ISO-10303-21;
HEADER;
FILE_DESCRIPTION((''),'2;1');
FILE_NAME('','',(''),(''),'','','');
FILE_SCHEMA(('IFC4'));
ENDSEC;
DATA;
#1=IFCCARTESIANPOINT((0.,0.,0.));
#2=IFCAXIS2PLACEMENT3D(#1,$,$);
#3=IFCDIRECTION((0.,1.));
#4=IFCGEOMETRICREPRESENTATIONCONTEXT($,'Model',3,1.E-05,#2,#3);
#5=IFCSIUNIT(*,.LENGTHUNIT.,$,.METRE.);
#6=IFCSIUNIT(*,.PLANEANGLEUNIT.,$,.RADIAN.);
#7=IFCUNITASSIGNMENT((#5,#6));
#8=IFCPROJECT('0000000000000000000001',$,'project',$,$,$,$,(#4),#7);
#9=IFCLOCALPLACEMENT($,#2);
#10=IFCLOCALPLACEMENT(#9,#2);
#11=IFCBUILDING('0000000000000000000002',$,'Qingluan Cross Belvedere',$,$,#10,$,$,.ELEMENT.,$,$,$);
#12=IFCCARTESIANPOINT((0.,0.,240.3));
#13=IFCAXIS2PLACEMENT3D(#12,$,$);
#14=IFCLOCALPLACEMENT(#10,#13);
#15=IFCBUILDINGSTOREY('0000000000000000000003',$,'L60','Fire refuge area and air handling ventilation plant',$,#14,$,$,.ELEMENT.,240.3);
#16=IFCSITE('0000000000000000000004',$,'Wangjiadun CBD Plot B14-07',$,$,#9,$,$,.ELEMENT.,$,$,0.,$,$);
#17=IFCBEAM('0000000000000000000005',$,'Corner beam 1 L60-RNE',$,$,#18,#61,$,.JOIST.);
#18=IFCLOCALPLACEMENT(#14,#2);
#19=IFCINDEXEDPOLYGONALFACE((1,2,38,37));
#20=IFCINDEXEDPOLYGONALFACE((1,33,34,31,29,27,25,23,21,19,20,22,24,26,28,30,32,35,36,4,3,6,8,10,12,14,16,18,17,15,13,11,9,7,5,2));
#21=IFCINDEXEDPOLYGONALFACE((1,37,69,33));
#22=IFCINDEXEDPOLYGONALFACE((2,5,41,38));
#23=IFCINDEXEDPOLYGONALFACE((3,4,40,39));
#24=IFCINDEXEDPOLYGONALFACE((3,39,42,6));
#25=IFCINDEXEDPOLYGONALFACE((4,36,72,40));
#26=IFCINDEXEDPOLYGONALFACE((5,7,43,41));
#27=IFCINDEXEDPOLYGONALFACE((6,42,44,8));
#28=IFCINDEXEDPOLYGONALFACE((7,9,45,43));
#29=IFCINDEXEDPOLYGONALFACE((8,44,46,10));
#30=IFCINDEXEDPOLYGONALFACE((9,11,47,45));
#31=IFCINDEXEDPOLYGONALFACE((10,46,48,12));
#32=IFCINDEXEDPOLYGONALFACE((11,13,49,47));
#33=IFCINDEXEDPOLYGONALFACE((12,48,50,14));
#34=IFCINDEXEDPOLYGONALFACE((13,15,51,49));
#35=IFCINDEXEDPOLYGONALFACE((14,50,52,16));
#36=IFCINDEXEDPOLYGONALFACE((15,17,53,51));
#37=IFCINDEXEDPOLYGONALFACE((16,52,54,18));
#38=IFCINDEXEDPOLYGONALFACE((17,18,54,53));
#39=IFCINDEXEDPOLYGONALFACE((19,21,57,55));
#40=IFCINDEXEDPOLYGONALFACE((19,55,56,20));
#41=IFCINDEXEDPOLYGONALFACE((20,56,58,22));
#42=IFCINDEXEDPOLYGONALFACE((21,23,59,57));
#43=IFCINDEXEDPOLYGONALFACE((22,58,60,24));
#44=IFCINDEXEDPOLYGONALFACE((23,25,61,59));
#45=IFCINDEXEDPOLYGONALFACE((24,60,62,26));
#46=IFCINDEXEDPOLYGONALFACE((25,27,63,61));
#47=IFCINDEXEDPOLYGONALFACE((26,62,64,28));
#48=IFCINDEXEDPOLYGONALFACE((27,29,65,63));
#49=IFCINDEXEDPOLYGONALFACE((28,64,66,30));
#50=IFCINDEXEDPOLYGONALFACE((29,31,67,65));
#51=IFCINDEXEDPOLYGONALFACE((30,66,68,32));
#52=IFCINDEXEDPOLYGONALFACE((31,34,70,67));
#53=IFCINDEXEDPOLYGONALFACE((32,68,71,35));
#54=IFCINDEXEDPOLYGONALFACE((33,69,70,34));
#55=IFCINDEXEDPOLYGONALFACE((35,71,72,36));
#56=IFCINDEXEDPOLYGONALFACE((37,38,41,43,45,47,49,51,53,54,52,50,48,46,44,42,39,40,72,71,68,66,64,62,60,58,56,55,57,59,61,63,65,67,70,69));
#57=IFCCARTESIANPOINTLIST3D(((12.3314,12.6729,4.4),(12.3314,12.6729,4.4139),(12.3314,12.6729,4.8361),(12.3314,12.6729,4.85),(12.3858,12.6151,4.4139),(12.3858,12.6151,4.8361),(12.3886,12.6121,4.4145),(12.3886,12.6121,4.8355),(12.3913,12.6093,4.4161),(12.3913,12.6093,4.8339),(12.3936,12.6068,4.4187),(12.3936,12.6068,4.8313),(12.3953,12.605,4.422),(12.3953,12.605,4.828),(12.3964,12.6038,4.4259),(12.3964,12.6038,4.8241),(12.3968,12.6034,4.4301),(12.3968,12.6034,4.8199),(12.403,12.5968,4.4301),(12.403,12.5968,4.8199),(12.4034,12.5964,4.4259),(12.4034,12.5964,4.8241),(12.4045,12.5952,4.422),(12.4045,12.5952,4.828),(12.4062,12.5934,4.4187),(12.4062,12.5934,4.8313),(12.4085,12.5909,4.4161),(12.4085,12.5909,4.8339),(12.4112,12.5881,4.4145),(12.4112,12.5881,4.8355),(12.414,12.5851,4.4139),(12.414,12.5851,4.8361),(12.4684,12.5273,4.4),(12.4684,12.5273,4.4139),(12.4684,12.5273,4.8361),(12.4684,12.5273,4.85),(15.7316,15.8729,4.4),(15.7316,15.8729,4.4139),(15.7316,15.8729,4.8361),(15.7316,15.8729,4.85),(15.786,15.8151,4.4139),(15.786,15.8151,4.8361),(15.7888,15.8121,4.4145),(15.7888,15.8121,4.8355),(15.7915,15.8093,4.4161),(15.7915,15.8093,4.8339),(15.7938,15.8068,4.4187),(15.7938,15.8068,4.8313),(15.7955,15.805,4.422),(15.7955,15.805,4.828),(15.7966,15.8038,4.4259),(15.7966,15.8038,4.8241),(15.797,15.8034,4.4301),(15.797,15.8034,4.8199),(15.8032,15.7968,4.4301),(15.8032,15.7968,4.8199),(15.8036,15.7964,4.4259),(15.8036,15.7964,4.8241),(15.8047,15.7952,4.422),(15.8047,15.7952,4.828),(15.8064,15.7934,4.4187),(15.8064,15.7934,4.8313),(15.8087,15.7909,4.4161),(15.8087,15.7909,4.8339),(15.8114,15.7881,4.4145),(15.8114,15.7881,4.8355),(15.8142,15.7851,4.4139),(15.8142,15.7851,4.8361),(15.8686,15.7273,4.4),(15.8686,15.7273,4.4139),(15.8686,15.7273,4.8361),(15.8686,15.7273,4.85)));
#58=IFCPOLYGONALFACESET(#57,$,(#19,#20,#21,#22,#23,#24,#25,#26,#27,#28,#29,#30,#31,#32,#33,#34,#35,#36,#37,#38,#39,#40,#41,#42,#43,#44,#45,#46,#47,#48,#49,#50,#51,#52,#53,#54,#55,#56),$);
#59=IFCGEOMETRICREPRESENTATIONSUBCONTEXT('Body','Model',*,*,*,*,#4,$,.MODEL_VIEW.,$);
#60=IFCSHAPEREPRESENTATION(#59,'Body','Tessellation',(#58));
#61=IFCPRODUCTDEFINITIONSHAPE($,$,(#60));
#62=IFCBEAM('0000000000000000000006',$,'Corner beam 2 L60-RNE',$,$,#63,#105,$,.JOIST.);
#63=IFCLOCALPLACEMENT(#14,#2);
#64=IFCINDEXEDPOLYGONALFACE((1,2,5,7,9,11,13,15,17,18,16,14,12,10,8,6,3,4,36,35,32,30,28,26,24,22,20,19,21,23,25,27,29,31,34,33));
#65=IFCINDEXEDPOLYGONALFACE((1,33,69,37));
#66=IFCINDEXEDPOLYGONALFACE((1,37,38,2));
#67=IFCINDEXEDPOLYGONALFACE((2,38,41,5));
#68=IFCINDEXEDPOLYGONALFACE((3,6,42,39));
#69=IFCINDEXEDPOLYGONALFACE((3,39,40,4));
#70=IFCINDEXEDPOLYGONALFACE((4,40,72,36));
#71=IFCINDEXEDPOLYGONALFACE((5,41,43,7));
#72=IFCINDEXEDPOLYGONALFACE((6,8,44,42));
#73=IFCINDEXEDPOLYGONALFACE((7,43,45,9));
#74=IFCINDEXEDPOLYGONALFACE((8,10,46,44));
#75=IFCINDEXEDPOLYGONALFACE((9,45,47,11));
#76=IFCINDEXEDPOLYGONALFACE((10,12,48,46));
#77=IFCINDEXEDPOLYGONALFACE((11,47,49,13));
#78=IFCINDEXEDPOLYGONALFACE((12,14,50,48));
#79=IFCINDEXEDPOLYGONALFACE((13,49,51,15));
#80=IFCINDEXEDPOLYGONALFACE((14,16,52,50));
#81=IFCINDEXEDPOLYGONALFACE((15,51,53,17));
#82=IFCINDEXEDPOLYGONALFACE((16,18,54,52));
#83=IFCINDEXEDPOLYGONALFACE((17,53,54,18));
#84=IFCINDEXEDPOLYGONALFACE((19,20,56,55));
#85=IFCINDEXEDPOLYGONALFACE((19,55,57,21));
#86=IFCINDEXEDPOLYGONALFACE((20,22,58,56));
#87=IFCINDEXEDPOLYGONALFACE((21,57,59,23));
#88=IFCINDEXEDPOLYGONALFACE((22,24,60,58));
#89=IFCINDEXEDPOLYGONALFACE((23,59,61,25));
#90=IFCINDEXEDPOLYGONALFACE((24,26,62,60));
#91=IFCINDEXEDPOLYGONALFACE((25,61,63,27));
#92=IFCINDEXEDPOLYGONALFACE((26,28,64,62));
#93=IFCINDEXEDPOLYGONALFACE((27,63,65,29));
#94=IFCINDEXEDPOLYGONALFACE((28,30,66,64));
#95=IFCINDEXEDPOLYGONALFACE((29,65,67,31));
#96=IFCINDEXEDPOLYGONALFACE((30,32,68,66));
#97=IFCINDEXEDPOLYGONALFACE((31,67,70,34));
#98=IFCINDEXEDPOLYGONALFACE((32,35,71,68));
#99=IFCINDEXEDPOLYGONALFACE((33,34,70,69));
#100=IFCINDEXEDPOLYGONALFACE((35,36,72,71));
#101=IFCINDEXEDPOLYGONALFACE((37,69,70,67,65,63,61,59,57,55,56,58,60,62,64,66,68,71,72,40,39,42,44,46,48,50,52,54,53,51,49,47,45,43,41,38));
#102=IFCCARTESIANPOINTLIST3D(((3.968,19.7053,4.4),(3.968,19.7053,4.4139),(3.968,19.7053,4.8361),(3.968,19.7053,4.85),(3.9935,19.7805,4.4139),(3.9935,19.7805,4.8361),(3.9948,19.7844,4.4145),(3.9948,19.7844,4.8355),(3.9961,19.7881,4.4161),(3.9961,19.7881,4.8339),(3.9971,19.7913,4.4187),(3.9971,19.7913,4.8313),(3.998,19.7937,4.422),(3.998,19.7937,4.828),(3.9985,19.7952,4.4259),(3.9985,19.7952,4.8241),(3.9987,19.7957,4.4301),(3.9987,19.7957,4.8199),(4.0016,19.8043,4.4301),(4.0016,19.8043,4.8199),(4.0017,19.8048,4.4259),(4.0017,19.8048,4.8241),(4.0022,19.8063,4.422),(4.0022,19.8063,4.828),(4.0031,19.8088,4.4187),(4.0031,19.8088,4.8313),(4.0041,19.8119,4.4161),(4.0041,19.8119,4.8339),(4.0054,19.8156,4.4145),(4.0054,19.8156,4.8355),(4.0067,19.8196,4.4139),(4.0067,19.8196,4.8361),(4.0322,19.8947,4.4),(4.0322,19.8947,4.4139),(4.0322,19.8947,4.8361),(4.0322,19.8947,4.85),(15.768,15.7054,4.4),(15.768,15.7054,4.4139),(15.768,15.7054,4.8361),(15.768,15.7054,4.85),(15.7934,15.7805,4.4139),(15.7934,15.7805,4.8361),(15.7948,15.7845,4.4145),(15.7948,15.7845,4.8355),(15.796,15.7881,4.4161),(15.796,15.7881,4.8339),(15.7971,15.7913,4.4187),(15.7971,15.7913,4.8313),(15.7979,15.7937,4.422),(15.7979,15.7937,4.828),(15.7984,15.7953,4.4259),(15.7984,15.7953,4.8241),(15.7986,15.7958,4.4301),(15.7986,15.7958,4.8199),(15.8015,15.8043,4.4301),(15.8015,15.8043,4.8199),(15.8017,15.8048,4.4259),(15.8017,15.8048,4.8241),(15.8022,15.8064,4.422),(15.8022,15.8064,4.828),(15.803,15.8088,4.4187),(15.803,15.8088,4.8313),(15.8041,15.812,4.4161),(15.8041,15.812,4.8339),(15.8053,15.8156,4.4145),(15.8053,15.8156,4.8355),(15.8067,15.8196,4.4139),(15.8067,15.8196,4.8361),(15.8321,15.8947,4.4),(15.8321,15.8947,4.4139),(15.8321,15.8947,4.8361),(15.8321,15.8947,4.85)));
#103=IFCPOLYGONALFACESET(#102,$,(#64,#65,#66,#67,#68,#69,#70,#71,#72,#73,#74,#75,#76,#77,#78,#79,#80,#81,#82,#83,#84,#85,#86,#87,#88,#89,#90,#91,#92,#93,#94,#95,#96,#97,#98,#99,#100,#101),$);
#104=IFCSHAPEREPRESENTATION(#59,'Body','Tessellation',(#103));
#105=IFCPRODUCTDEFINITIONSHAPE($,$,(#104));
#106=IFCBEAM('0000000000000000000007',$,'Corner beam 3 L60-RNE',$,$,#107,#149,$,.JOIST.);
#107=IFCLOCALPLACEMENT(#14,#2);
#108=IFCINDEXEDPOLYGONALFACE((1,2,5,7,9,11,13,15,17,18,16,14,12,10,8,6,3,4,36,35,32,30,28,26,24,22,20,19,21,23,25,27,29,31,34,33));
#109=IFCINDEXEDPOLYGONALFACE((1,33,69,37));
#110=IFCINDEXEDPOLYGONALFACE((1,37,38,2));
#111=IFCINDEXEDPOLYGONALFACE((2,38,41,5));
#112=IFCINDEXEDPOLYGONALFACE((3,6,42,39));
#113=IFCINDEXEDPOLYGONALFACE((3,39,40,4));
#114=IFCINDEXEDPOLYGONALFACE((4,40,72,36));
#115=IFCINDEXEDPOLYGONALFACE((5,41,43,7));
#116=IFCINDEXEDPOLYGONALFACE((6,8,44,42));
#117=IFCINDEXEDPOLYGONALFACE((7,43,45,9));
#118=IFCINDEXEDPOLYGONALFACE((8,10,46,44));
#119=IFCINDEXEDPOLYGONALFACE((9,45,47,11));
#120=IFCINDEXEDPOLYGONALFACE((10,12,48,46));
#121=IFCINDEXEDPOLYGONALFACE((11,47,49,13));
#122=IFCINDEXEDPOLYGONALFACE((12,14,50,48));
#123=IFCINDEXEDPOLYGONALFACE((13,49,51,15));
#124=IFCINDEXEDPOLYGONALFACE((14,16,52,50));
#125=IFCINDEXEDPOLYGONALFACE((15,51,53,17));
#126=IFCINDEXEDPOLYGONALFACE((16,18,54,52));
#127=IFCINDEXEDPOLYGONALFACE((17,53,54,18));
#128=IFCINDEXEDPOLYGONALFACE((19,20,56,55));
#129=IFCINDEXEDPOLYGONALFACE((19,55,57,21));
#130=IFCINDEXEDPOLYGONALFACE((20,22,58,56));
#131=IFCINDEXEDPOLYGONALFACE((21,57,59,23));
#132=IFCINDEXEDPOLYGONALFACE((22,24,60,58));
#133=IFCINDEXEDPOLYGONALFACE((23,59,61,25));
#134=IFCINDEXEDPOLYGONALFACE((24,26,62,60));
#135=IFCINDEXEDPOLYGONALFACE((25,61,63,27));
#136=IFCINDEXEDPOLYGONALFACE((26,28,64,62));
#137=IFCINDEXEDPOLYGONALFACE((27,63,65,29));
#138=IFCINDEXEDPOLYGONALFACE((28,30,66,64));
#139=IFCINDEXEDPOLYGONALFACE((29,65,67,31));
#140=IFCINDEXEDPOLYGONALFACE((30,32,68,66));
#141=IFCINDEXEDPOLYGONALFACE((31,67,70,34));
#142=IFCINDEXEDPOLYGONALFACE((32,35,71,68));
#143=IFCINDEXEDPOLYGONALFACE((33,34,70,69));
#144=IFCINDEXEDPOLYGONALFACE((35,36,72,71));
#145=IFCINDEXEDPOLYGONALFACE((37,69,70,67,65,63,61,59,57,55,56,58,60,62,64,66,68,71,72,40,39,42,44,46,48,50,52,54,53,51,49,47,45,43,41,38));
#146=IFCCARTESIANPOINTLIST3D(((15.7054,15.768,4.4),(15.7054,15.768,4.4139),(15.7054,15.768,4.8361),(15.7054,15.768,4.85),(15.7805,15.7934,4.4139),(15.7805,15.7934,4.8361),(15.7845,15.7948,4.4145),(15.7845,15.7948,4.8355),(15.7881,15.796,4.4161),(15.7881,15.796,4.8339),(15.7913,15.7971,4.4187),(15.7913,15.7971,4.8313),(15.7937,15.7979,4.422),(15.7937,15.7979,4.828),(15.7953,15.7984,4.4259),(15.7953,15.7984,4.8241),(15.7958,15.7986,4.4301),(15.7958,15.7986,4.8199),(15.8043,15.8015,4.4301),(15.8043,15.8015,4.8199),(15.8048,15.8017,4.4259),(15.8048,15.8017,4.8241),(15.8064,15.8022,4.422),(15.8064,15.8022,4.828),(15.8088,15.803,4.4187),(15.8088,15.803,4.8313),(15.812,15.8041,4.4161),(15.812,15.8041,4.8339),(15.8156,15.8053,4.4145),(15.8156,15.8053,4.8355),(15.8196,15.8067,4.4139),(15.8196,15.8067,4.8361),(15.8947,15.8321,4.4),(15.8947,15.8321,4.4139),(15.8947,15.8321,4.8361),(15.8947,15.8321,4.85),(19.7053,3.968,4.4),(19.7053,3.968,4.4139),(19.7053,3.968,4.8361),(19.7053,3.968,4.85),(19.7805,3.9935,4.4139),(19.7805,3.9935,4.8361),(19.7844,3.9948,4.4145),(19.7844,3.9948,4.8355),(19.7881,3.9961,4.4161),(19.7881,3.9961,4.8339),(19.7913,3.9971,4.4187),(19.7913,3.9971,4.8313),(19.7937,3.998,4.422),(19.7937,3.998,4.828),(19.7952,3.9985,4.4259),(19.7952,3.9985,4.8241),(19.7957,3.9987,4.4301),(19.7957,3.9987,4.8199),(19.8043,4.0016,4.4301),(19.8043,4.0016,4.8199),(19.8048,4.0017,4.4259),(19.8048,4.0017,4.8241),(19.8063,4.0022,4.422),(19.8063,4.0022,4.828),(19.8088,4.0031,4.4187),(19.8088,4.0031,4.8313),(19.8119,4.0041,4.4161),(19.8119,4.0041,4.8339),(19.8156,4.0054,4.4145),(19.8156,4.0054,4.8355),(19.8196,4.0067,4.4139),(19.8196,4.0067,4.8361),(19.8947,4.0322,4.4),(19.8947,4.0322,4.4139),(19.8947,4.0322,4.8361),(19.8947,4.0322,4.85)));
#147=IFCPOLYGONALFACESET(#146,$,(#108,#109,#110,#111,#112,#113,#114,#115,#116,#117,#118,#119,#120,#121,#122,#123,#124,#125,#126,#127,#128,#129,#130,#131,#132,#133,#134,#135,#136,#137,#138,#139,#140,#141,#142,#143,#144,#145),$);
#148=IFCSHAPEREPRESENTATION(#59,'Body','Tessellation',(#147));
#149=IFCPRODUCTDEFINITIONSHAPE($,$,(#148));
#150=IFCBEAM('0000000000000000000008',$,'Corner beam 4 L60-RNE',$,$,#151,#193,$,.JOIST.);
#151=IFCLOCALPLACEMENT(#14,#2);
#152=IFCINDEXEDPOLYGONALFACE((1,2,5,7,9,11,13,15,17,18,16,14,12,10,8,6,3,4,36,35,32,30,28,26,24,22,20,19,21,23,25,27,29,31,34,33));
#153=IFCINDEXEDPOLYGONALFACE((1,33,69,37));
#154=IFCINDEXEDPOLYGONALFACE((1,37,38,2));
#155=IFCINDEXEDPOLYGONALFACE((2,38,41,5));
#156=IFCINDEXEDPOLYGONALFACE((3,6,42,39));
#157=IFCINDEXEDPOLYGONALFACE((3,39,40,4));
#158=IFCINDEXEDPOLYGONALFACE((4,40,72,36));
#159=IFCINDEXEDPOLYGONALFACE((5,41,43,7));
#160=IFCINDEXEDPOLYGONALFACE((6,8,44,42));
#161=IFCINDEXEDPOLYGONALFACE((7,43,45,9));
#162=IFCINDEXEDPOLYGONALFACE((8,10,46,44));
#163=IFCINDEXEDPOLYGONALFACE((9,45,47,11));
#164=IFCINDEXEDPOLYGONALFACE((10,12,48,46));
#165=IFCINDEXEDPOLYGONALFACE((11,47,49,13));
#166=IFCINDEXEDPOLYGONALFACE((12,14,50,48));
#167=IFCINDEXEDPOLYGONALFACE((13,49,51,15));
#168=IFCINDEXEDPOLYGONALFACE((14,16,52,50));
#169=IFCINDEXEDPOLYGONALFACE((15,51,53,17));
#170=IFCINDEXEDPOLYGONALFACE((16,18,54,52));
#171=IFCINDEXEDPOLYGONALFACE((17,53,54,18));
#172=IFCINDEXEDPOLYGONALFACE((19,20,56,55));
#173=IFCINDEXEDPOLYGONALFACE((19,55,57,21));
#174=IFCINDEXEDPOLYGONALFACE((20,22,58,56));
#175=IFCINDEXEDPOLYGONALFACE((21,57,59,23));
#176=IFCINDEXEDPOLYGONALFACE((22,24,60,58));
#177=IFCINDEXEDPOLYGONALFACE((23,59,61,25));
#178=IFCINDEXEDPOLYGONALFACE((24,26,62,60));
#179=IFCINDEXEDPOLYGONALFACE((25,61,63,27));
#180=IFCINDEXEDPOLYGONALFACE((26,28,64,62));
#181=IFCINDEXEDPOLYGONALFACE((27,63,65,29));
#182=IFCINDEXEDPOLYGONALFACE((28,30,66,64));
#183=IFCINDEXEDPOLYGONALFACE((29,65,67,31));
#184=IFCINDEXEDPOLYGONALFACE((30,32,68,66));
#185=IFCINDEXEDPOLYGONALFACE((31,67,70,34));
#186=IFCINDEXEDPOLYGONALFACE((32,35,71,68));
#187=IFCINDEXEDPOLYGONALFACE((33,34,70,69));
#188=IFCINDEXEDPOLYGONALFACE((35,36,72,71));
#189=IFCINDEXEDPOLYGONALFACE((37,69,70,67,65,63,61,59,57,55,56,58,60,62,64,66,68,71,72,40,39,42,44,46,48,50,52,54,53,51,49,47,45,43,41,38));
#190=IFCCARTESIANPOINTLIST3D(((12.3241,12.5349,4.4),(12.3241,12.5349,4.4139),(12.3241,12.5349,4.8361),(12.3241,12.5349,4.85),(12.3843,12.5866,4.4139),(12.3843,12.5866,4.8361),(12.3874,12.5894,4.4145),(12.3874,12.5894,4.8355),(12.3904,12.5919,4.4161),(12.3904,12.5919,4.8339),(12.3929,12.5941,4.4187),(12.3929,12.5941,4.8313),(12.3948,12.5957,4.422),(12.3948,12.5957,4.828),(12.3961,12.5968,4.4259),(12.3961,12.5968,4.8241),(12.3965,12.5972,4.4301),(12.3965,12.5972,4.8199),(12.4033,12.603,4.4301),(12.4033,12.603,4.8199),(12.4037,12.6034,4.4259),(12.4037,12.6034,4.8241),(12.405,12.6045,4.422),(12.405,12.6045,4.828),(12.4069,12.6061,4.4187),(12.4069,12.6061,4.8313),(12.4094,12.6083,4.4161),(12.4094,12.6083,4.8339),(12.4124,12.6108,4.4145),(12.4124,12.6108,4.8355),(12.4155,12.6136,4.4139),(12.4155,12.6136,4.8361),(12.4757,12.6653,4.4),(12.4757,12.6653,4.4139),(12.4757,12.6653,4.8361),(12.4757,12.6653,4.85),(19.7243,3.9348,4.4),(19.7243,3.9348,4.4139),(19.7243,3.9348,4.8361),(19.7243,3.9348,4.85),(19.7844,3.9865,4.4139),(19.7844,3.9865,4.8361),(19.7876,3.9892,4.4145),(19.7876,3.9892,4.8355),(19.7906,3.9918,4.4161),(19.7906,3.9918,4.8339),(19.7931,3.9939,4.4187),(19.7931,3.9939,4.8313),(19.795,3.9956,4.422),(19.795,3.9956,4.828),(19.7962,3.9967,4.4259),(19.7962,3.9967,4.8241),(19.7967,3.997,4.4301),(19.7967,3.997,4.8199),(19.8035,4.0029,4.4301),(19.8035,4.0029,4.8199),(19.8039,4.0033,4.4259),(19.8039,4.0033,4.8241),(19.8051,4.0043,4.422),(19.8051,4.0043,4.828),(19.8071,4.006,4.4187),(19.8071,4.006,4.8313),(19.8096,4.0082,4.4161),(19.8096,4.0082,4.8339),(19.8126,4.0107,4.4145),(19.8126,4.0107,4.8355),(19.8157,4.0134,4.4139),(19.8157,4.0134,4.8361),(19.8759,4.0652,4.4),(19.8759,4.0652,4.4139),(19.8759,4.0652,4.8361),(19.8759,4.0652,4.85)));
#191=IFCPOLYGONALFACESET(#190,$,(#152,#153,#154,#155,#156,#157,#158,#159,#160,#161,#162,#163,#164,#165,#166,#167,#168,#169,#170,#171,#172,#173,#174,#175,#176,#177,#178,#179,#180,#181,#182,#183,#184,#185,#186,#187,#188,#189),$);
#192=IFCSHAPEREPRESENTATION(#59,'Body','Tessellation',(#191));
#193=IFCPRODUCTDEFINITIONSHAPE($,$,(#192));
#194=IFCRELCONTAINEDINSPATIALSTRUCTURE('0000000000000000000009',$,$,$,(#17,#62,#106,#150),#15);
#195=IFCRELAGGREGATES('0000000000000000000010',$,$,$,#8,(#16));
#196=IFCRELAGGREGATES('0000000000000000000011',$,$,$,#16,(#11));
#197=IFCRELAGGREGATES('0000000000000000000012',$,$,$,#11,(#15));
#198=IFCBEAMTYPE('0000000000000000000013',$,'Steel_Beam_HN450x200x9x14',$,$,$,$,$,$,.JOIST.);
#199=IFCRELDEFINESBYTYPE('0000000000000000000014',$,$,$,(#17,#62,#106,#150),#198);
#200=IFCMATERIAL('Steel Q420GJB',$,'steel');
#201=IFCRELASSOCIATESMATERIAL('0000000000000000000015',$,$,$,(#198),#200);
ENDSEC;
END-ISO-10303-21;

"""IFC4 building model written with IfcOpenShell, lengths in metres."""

from ifc_helpers import new_model, si_unit, direction, frame, origin, origin_2d, place, context, subcontext, project, spatial, i_section, extrude, material, material_profile, profile_set, type_object, element, save


model = new_model("IFC4")

# Units and contexts
model_context = context("Model", 3, precision=1e-05, world=origin(), true_north=direction((0.0, 1.0)))
body_context = subcontext(model_context, "Body", "Model", "MODEL_VIEW")
ifc_project = project(units=[si_unit("LENGTHUNIT", "METRE"), si_unit("PLANEANGLEUNIT", "RADIAN")], contexts=[model_context])

# Site, building, storey
site_placement = place(None, origin())
site = spatial("IfcSite", under=ifc_project, at=site_placement, Name="Wangjiadun CBD Plot B14-07", CompositionType="ELEMENT", RefElevation=0.0)
building_placement = place(site_placement, origin())
building = spatial("IfcBuilding", under=site, at=building_placement, Name="Qingluan Cross Belvedere", CompositionType="ELEMENT")
storey_placement = place(building_placement, frame((0.0, 0.0, 240.3)))
storey = spatial("IfcBuildingStorey", under=building, at=storey_placement, Name="L60", Description="Fire refuge area and air handling ventilation plant", CompositionType="ELEMENT", Elevation=240.3)

# Beams
ifc_material_1 = material(Name="Steel Q420GJB", Category="steel")
ifc_material_profile_1 = material_profile(ifc_material_1, i_section(OverallWidth=0.2, OverallDepth=0.45, WebThickness=0.009, FlangeThickness=0.0139, FilletRadius=0.0161, at=origin_2d()), Name="HN450x200x9x14")
ifc_profile_set_1 = profile_set([ifc_material_profile_1], Name="Steel Q420GJB")
beam_type_1 = type_object("IfcBeamType", Name="Steel_Beam_HN450x200x9x14", PredefinedType="JOIST", material=ifc_profile_set_1)
beam_1_placement = place(storey_placement, frame((12.3999, 12.6001, 4.625), z_axis=(0.72822, 0.685343, 0.0), x_axis=(-0.685343, 0.72822, 0.0)))
element("IfcBeam", 1, at=beam_1_placement, inside=storey, type_object=beam_type_1, Name="Corner beam 1 L60-RNE", PredefinedType="JOIST", context=body_context, shape_type="SweptSolid", body=[
    extrude(i_section(OverallWidth=0.2, OverallDepth=0.45, WebThickness=0.009, FlangeThickness=0.0139, FilletRadius=0.0161, at=origin_2d()), origin(), (0.0, 0.0, 1.0), 4.6692),
])
for number, where, z_axis, x_axis, name in (
    (2, (15.8, 15.8, 4.625), (-0.947066, 0.321038, 0.0), (-0.321038, -0.947066, 0.0), "Corner beam 2 L60-RNE"),
    (3, (15.8, 15.8, 4.625), (0.321038, -0.947066, 0.0), (0.947066, 0.321038, 0.0), "Corner beam 3 L60-RNE"),
):
    element("IfcBeam", number, at=place(storey_placement, frame(where, z_axis=z_axis, x_axis=x_axis)), inside=storey, type_object=beam_type_1, Name=name, PredefinedType="JOIST", context=body_context, shape_type="SweptSolid", body=[
        extrude(i_section(OverallWidth=0.2, OverallDepth=0.45, WebThickness=0.009, FlangeThickness=0.0139, FilletRadius=0.0161, at=origin_2d()), origin(), (0.0, 0.0, 1.0), 12.4595),
    ])
beam_2_placement = place(storey_placement, frame((12.3999, 12.6001, 4.625), z_axis=(0.652245, -0.758008, 0.0), x_axis=(0.758008, 0.652245, 0.0)))
element("IfcBeam", 4, at=beam_2_placement, inside=storey, type_object=beam_type_1, Name="Corner beam 4 L60-RNE", PredefinedType="JOIST", context=body_context, shape_type="SweptSolid", body=[
    extrude(i_section(OverallWidth=0.2, OverallDepth=0.45, WebThickness=0.009, FlangeThickness=0.0139, FilletRadius=0.0161, at=origin_2d()), origin(), (0.0, 0.0, 1.0), 11.3457),
])

save(model, "model.ifc")
